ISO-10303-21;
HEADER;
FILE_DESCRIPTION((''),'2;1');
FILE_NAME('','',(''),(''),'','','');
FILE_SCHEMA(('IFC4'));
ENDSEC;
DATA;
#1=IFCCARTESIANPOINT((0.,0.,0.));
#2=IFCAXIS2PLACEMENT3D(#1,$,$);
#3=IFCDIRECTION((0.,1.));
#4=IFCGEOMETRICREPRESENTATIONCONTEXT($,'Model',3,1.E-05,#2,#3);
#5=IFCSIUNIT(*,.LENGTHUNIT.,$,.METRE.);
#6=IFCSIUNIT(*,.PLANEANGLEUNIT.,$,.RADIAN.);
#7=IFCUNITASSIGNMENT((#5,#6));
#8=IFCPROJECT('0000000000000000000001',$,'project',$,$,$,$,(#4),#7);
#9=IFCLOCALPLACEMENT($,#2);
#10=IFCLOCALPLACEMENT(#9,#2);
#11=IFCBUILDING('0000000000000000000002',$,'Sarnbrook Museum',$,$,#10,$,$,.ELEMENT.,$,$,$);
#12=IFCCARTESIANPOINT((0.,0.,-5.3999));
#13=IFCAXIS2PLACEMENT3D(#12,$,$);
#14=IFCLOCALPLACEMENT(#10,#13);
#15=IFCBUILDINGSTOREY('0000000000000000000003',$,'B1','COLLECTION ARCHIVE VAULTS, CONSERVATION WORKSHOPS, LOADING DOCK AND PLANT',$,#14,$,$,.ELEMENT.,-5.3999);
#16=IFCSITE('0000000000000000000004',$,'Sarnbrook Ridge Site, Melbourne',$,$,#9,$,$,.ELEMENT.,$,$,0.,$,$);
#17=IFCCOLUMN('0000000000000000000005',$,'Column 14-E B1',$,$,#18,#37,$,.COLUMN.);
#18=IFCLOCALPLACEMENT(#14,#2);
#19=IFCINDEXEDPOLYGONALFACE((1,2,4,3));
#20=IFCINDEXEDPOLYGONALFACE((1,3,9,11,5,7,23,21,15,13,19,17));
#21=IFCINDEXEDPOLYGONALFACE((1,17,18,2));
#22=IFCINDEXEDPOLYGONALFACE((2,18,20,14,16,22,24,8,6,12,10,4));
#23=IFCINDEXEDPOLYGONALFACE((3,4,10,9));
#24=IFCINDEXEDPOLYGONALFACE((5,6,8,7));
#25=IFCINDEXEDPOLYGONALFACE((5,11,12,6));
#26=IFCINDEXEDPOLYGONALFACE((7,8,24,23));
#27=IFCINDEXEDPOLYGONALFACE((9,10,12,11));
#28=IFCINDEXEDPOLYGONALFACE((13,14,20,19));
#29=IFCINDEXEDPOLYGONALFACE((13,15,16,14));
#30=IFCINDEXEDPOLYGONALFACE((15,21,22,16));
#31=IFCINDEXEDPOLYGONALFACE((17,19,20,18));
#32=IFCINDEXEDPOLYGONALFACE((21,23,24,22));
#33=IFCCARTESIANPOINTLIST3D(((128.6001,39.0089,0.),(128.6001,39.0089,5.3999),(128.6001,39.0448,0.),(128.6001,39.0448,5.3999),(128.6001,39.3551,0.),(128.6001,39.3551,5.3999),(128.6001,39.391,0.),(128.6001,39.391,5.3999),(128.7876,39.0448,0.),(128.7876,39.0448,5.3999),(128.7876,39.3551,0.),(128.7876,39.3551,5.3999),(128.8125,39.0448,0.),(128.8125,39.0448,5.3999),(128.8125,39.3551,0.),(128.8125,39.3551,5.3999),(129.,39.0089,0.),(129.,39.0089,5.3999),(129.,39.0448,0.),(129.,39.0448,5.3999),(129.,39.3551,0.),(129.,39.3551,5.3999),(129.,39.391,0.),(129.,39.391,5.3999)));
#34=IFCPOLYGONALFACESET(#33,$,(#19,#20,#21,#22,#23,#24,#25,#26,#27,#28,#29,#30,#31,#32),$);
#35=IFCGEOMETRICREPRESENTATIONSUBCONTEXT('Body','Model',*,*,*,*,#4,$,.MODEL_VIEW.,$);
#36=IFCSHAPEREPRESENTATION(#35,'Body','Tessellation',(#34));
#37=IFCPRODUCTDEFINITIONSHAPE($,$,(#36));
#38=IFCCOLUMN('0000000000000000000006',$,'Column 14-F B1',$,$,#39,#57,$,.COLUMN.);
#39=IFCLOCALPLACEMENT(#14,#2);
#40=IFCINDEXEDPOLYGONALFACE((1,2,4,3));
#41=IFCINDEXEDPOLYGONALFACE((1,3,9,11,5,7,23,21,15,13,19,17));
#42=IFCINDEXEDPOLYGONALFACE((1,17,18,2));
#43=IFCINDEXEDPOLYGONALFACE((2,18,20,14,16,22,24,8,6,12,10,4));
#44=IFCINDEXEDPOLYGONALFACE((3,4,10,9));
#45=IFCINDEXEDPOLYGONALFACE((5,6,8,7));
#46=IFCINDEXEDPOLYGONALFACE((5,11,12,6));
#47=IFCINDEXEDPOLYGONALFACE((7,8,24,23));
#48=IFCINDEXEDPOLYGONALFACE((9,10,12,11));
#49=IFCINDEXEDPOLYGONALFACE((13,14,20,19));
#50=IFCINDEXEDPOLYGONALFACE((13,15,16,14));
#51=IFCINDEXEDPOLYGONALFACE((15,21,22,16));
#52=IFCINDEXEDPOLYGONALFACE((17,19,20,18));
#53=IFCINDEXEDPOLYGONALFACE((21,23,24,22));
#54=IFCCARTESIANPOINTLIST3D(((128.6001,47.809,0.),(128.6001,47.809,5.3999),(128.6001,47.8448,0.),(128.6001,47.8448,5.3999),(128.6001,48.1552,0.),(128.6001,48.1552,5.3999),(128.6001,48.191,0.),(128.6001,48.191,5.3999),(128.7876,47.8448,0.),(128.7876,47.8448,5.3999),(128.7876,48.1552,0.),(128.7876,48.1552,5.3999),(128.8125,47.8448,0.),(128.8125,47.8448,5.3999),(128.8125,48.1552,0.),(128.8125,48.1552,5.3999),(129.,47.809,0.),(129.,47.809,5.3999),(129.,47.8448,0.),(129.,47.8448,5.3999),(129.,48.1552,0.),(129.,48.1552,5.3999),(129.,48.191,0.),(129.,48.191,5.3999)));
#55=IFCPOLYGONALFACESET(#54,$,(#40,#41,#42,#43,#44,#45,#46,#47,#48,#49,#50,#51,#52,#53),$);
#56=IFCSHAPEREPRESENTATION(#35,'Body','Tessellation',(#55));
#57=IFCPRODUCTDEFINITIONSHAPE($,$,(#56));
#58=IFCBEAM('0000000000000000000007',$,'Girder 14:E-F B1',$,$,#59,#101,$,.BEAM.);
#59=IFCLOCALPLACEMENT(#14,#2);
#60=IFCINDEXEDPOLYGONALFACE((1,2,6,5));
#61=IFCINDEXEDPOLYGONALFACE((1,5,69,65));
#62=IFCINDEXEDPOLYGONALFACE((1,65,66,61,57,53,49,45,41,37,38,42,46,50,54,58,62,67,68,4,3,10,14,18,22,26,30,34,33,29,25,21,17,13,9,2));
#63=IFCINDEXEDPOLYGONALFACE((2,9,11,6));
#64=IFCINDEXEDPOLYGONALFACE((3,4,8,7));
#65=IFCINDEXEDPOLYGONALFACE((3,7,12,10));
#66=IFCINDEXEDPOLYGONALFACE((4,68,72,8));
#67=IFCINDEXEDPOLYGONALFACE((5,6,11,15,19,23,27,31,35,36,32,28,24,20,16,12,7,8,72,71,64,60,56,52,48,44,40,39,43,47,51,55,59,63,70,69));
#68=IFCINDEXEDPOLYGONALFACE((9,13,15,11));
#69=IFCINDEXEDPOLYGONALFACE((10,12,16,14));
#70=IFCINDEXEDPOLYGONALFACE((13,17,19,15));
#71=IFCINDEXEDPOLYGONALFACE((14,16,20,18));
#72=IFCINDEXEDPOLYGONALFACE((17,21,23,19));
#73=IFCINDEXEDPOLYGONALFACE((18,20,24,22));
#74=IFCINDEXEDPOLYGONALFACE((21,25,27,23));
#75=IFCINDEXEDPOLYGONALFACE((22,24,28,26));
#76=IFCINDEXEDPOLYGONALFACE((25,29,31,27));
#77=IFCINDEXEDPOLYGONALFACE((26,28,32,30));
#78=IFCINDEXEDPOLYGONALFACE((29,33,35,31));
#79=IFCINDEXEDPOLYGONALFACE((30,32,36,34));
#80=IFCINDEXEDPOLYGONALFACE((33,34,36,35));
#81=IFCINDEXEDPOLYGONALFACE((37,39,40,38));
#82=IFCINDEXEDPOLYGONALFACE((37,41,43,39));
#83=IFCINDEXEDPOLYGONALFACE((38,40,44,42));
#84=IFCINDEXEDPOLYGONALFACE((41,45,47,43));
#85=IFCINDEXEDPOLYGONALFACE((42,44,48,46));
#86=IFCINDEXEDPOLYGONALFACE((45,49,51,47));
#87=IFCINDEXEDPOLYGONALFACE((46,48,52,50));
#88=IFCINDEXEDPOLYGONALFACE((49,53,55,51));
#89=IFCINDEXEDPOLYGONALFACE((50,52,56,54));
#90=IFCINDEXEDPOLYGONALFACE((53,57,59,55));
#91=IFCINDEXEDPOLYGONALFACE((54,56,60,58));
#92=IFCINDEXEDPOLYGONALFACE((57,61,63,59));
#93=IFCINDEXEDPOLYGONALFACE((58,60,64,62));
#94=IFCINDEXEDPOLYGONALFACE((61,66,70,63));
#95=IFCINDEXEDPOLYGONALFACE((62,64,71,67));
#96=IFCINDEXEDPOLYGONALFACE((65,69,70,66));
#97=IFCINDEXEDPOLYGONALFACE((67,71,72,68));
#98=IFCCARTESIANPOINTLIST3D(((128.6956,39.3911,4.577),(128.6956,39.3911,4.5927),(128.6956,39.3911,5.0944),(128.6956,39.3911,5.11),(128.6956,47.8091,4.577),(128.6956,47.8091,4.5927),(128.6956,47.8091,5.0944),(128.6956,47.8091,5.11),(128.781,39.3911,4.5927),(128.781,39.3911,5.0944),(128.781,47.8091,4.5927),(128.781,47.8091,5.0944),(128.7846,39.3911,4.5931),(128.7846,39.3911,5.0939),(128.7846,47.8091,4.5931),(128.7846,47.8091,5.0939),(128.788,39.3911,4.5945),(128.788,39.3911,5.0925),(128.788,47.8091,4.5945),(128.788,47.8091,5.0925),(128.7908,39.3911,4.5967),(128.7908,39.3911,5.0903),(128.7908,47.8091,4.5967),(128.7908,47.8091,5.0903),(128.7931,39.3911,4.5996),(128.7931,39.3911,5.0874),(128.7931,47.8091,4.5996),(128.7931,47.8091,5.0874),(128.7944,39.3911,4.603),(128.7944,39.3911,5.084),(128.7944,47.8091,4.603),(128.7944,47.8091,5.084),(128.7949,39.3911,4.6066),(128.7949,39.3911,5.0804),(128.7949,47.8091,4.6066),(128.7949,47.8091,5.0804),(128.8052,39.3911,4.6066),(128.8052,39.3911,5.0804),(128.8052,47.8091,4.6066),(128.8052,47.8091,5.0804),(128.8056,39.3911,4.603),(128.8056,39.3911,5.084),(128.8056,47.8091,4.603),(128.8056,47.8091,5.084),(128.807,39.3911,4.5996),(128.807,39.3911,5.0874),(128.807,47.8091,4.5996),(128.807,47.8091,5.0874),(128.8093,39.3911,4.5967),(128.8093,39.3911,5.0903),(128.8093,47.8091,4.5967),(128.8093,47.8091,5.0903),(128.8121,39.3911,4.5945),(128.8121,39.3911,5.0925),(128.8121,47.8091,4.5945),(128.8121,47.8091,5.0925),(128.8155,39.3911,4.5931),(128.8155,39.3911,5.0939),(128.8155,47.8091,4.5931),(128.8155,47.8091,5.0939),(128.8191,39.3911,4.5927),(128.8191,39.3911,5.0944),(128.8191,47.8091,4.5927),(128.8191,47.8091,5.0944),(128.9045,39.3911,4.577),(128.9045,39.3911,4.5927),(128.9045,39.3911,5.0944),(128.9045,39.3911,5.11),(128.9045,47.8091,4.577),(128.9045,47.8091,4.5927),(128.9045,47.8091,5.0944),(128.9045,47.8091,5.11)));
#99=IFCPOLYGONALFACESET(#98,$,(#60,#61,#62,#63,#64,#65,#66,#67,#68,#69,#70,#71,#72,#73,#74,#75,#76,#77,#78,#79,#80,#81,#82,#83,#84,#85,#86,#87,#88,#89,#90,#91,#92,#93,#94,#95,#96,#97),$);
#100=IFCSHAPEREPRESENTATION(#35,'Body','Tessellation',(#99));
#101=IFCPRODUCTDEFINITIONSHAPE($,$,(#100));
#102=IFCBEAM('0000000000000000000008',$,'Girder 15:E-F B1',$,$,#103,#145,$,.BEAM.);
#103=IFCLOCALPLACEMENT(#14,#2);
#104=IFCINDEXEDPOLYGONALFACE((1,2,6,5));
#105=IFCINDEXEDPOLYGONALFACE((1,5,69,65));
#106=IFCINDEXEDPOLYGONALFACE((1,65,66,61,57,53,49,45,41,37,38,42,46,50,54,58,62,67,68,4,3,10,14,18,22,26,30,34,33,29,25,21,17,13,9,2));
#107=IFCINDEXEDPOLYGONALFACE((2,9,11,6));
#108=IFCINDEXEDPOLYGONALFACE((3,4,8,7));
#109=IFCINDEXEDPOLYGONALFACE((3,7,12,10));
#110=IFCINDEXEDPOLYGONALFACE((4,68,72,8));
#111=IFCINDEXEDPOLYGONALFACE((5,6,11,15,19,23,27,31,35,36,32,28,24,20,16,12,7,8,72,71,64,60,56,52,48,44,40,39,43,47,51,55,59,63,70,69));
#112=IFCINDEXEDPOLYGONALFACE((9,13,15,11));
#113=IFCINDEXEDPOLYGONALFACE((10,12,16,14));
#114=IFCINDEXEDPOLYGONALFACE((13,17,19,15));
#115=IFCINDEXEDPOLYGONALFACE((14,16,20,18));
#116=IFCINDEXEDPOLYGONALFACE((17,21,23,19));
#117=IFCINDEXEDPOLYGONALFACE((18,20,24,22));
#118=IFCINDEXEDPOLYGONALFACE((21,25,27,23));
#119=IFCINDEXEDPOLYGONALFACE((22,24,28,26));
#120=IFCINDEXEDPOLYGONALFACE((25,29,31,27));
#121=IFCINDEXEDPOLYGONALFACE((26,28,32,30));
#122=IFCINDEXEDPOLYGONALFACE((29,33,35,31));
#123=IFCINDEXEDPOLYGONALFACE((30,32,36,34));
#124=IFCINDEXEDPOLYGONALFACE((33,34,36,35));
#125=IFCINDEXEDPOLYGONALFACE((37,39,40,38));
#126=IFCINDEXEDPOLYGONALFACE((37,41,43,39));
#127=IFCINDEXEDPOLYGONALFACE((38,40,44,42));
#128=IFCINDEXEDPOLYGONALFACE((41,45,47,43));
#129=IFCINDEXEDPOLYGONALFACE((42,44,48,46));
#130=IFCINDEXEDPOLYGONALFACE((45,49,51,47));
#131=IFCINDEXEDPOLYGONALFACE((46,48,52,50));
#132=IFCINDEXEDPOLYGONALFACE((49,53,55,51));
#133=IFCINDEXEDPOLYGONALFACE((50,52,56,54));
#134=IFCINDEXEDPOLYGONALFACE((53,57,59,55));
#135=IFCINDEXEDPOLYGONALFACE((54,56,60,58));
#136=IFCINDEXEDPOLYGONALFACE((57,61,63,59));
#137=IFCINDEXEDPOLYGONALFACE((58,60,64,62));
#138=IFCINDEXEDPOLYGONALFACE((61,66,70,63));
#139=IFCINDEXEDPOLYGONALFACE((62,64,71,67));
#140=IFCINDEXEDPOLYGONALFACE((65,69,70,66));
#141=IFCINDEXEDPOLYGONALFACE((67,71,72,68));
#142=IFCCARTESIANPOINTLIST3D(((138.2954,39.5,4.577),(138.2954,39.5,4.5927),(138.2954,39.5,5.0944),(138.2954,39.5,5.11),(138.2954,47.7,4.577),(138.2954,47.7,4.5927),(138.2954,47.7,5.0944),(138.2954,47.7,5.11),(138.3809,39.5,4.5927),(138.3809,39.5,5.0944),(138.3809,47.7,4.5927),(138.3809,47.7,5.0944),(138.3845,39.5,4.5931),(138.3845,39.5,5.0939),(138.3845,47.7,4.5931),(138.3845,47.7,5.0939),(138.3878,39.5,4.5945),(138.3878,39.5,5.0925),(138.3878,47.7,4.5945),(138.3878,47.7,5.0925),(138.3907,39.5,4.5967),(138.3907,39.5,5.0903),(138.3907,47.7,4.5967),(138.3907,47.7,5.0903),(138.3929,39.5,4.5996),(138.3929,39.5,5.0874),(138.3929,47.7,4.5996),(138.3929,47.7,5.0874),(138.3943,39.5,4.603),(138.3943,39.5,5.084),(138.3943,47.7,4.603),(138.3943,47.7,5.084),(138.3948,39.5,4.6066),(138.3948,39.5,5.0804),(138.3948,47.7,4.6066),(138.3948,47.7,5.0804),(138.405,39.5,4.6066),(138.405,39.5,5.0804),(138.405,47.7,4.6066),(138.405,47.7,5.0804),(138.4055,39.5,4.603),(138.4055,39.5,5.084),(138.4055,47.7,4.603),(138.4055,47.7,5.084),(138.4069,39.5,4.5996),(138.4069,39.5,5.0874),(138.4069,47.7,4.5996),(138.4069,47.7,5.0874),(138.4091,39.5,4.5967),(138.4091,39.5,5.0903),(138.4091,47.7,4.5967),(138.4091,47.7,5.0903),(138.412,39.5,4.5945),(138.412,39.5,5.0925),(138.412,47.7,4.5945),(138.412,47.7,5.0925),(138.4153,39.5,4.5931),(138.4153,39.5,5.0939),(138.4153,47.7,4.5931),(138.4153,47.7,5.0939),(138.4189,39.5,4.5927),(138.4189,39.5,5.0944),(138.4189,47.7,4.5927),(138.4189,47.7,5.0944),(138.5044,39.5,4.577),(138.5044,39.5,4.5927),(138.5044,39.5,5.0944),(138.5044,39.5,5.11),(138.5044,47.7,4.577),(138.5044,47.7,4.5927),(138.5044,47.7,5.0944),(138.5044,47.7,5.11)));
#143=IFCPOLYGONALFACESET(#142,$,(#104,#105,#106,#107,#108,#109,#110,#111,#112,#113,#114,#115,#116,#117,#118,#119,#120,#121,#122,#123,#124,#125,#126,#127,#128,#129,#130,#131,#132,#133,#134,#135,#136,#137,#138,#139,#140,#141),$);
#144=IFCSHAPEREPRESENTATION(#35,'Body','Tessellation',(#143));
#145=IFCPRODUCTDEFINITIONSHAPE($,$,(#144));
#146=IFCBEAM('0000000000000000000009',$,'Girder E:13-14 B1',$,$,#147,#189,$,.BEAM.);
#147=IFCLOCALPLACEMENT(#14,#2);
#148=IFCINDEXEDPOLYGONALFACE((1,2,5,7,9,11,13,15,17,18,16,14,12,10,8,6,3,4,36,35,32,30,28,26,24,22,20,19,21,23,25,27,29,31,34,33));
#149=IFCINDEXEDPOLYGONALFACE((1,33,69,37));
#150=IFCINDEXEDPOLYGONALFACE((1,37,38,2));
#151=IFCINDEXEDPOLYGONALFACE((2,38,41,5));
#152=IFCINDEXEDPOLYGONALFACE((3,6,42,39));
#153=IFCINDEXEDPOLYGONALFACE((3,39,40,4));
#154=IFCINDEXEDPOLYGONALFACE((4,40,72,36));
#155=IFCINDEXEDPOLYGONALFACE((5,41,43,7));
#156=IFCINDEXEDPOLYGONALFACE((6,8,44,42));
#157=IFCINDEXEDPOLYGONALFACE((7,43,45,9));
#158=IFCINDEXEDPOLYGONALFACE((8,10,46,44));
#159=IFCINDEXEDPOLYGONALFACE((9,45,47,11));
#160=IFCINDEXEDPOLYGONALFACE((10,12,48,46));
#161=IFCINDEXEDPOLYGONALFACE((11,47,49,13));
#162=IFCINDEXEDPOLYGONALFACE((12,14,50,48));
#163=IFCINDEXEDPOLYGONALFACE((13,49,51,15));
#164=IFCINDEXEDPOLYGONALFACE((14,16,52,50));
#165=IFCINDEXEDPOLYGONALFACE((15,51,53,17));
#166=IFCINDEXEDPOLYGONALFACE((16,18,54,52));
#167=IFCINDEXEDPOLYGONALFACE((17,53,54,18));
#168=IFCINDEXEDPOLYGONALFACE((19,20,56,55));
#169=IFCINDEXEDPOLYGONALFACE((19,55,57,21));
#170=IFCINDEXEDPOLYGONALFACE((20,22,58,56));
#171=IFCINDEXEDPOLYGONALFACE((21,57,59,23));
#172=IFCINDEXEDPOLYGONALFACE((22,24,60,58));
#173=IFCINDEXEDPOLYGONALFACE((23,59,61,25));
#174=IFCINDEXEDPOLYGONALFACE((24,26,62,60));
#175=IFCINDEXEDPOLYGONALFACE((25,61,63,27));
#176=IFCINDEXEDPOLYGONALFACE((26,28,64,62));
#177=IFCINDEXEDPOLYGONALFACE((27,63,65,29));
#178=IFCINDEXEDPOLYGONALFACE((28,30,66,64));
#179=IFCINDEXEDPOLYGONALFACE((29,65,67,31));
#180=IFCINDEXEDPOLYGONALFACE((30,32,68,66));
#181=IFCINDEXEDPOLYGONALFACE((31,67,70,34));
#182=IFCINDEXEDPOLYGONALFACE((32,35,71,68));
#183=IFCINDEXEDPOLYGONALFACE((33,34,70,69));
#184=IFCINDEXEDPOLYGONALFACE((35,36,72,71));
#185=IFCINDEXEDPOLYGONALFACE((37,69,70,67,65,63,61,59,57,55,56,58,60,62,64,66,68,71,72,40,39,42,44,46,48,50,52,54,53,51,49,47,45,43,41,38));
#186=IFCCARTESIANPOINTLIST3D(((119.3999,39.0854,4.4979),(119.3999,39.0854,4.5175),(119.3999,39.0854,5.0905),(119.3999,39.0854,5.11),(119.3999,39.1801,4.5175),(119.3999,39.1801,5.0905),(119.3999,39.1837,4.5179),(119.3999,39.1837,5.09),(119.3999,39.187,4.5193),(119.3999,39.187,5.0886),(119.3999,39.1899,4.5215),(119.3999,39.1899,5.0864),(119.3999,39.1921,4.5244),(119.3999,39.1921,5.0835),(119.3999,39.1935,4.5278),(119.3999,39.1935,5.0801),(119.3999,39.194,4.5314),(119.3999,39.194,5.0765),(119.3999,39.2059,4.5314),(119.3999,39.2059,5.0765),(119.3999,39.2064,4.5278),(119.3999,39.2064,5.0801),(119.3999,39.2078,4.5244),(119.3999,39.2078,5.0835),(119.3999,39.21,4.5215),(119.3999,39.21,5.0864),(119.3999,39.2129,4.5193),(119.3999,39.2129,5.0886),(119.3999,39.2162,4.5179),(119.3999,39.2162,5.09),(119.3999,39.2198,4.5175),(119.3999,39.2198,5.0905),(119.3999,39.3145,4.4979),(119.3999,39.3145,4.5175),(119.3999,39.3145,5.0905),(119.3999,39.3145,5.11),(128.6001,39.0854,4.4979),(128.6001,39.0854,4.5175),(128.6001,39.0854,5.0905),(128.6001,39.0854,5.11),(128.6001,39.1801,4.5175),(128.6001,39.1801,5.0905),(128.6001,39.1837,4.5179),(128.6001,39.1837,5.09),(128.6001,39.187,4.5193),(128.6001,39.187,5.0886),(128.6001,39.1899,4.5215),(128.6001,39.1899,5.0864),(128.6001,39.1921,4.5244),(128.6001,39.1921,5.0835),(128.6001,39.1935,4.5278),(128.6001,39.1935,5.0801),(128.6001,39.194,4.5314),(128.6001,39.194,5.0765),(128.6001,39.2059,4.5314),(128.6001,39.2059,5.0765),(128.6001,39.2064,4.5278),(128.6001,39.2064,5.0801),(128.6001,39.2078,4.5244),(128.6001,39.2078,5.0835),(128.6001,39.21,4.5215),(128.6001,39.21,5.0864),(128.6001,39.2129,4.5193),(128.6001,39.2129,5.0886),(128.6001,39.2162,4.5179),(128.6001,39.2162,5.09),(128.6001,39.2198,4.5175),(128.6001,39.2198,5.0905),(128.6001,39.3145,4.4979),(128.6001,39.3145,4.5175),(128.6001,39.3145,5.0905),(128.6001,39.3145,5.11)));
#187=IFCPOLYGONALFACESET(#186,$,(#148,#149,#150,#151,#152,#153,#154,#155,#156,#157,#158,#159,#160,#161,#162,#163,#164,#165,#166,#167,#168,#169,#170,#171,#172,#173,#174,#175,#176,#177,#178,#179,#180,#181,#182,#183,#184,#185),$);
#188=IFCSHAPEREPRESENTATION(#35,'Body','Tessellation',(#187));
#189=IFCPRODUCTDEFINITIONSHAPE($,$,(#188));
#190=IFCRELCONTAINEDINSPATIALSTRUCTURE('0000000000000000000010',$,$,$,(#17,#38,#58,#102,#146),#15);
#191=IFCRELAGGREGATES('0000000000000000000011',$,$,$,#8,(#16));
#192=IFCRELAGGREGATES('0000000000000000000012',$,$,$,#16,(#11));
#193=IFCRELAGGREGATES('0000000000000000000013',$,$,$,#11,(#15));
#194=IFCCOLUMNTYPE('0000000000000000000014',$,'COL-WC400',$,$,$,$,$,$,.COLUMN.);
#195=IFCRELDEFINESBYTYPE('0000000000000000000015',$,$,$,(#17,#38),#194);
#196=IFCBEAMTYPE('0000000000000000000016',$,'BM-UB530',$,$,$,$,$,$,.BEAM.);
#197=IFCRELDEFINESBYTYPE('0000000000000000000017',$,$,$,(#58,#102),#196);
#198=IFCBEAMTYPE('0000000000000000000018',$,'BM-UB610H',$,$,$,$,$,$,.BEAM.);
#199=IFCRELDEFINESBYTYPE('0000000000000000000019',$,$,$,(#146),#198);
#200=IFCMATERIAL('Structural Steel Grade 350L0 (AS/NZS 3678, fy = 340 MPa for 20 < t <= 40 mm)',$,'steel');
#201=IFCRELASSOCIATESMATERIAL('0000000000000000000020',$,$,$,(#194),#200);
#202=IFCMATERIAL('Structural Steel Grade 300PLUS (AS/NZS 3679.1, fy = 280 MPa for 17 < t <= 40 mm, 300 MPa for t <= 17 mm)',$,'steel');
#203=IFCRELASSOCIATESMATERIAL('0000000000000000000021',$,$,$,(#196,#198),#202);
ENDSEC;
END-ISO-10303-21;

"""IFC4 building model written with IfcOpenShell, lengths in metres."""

from ifc_helpers import new_model, si_unit, direction, frame, origin, origin_2d, place, context, subcontext, project, spatial, i_section, extrude, material, material_profile, profile_set, type_object, element, save


model = new_model("IFC4")

# Units and contexts
model_context = context("Model", 3, precision=1e-05, world=origin(), true_north=direction((0.0, 1.0)))
body_context = subcontext(model_context, "Body", "Model", "MODEL_VIEW")
ifc_project = project(units=[si_unit("LENGTHUNIT", "METRE"), si_unit("PLANEANGLEUNIT", "RADIAN")], contexts=[model_context])

# Site, building, storey
site_placement = place(None, origin())
site = spatial("IfcSite", under=ifc_project, at=site_placement, Name="Sarnbrook Ridge Site, Melbourne", CompositionType="ELEMENT", RefElevation=0.0)
building_placement = place(site_placement, origin())
building = spatial("IfcBuilding", under=site, at=building_placement, Name="Sarnbrook Museum", CompositionType="ELEMENT")
storey_placement = place(building_placement, frame((0.0, 0.0, -5.3999)))
storey = spatial("IfcBuildingStorey", under=building, at=storey_placement, Name="B1", Description="COLLECTION ARCHIVE VAULTS, CONSERVATION WORKSHOPS, LOADING DOCK AND PLANT", CompositionType="ELEMENT", Elevation=-5.3999)

# Columns
ifc_material_1 = material(Name="Structural Steel Grade 350L0 (AS/NZS 3678, fy = 340 MPa for 20 < t <= 40 mm)", Category="steel")
ifc_material_profile_1 = material_profile(ifc_material_1, i_section(OverallWidth=0.3999, OverallDepth=0.3821, WebThickness=0.0249, FlangeThickness=0.0359, at=origin_2d()), Name="400WC270")
ifc_profile_set_1 = profile_set([ifc_material_profile_1], Name="Structural Steel Grade 350L0 (AS/NZS 3678, fy = 340 MPa for 20 < t <= 40 mm)")
column_type_1 = type_object("IfcColumnType", Name="COL-WC400", PredefinedType="COLUMN", material=ifc_profile_set_1)
for number, where, z_axis, x_axis, name in (
    (1, (128.8, 39.2, 0.0), (0.0, 0.0, 1.0), (1.0, 0.0, 0.0), "Column 14-E B1"),
    (2, (128.8, 48.0, 0.0), (0.0, 0.0, 1.0), (1.0, 0.0, 0.0), "Column 14-F B1"),
):
    element("IfcColumn", number, at=place(storey_placement, frame(where, z_axis=z_axis, x_axis=x_axis)), inside=storey, type_object=column_type_1, Name=name, PredefinedType="COLUMN", context=body_context, shape_type="SweptSolid", body=[
        extrude(i_section(OverallWidth=0.3999, OverallDepth=0.3821, WebThickness=0.0249, FlangeThickness=0.0359, at=origin_2d()), origin(), (0.0, 0.0, 1.0), 5.3999),
    ])

# Beams
ifc_material_2 = material(Name="Structural Steel Grade 300PLUS (AS/NZS 3679.1, fy = 280 MPa for 17 < t <= 40 mm, 300 MPa for t <= 17 mm)", Category="steel")
ifc_material_profile_2 = material_profile(ifc_material_2, i_section(OverallWidth=0.209, OverallDepth=0.533, WebThickness=0.0103, FlangeThickness=0.0156, FilletRadius=0.0139, at=origin_2d()), Name="530UB92.4")
ifc_profile_set_2 = profile_set([ifc_material_profile_2], Name="Structural Steel Grade 300PLUS (AS/NZS 3679.1, fy = 280 MPa for 17 < t <= 40 mm, 300 MPa for t <= 17 mm)")
beam_type_1 = type_object("IfcBeamType", Name="BM-UB530", PredefinedType="BEAM", material=ifc_profile_set_2)
beam_1_placement = place(storey_placement, frame((128.8, 39.3911, 4.8435), z_axis=(0.0, 1.0, 0.0), x_axis=(-1.0, 0.0, 0.0)))
element("IfcBeam", 3, at=beam_1_placement, inside=storey, type_object=beam_type_1, Name="Girder 14:E-F B1", PredefinedType="BEAM", context=body_context, shape_type="SweptSolid", body=[
    extrude(i_section(OverallWidth=0.209, OverallDepth=0.533, WebThickness=0.0103, FlangeThickness=0.0156, FilletRadius=0.0139, at=origin_2d()), origin(), (0.0, 0.0, 1.0), 8.418),
])
beam_2_placement = place(storey_placement, frame((138.3999, 39.5, 4.8435), z_axis=(0.0, 1.0, 0.0), x_axis=(-1.0, 0.0, 0.0)))
element("IfcBeam", 4, at=beam_2_placement, inside=storey, type_object=beam_type_1, Name="Girder 15:E-F B1", PredefinedType="BEAM", context=body_context, shape_type="SweptSolid", body=[
    extrude(i_section(OverallWidth=0.209, OverallDepth=0.533, WebThickness=0.0103, FlangeThickness=0.0156, FilletRadius=0.0139, at=origin_2d()), origin(), (0.0, 0.0, 1.0), 8.2),
])
ifc_material_profile_3 = material_profile(ifc_material_2, i_section(OverallWidth=0.229, OverallDepth=0.6121, WebThickness=0.012, FlangeThickness=0.0195, FilletRadius=0.0139, at=origin_2d()), Name="610UB125")
ifc_profile_set_3 = profile_set([ifc_material_profile_3], Name="Structural Steel Grade 300PLUS (AS/NZS 3679.1, fy = 280 MPa for 17 < t <= 40 mm, 300 MPa for t <= 17 mm)")
beam_type_2 = type_object("IfcBeamType", Name="BM-UB610H", PredefinedType="BEAM", material=ifc_profile_set_3)
beam_3_placement = place(storey_placement, frame((119.3999, 39.2, 4.804), z_axis=(1.0, 0.0, 0.0), x_axis=(0.0, 1.0, 0.0)))
element("IfcBeam", 5, at=beam_3_placement, inside=storey, type_object=beam_type_2, Name="Girder E:13-14 B1", PredefinedType="BEAM", context=body_context, shape_type="SweptSolid", body=[
    extrude(i_section(OverallWidth=0.229, OverallDepth=0.6121, WebThickness=0.012, FlangeThickness=0.0195, FilletRadius=0.0139, at=origin_2d()), origin(), (0.0, 0.0, 1.0), 9.2002),
])

save(model, "model.ifc")
